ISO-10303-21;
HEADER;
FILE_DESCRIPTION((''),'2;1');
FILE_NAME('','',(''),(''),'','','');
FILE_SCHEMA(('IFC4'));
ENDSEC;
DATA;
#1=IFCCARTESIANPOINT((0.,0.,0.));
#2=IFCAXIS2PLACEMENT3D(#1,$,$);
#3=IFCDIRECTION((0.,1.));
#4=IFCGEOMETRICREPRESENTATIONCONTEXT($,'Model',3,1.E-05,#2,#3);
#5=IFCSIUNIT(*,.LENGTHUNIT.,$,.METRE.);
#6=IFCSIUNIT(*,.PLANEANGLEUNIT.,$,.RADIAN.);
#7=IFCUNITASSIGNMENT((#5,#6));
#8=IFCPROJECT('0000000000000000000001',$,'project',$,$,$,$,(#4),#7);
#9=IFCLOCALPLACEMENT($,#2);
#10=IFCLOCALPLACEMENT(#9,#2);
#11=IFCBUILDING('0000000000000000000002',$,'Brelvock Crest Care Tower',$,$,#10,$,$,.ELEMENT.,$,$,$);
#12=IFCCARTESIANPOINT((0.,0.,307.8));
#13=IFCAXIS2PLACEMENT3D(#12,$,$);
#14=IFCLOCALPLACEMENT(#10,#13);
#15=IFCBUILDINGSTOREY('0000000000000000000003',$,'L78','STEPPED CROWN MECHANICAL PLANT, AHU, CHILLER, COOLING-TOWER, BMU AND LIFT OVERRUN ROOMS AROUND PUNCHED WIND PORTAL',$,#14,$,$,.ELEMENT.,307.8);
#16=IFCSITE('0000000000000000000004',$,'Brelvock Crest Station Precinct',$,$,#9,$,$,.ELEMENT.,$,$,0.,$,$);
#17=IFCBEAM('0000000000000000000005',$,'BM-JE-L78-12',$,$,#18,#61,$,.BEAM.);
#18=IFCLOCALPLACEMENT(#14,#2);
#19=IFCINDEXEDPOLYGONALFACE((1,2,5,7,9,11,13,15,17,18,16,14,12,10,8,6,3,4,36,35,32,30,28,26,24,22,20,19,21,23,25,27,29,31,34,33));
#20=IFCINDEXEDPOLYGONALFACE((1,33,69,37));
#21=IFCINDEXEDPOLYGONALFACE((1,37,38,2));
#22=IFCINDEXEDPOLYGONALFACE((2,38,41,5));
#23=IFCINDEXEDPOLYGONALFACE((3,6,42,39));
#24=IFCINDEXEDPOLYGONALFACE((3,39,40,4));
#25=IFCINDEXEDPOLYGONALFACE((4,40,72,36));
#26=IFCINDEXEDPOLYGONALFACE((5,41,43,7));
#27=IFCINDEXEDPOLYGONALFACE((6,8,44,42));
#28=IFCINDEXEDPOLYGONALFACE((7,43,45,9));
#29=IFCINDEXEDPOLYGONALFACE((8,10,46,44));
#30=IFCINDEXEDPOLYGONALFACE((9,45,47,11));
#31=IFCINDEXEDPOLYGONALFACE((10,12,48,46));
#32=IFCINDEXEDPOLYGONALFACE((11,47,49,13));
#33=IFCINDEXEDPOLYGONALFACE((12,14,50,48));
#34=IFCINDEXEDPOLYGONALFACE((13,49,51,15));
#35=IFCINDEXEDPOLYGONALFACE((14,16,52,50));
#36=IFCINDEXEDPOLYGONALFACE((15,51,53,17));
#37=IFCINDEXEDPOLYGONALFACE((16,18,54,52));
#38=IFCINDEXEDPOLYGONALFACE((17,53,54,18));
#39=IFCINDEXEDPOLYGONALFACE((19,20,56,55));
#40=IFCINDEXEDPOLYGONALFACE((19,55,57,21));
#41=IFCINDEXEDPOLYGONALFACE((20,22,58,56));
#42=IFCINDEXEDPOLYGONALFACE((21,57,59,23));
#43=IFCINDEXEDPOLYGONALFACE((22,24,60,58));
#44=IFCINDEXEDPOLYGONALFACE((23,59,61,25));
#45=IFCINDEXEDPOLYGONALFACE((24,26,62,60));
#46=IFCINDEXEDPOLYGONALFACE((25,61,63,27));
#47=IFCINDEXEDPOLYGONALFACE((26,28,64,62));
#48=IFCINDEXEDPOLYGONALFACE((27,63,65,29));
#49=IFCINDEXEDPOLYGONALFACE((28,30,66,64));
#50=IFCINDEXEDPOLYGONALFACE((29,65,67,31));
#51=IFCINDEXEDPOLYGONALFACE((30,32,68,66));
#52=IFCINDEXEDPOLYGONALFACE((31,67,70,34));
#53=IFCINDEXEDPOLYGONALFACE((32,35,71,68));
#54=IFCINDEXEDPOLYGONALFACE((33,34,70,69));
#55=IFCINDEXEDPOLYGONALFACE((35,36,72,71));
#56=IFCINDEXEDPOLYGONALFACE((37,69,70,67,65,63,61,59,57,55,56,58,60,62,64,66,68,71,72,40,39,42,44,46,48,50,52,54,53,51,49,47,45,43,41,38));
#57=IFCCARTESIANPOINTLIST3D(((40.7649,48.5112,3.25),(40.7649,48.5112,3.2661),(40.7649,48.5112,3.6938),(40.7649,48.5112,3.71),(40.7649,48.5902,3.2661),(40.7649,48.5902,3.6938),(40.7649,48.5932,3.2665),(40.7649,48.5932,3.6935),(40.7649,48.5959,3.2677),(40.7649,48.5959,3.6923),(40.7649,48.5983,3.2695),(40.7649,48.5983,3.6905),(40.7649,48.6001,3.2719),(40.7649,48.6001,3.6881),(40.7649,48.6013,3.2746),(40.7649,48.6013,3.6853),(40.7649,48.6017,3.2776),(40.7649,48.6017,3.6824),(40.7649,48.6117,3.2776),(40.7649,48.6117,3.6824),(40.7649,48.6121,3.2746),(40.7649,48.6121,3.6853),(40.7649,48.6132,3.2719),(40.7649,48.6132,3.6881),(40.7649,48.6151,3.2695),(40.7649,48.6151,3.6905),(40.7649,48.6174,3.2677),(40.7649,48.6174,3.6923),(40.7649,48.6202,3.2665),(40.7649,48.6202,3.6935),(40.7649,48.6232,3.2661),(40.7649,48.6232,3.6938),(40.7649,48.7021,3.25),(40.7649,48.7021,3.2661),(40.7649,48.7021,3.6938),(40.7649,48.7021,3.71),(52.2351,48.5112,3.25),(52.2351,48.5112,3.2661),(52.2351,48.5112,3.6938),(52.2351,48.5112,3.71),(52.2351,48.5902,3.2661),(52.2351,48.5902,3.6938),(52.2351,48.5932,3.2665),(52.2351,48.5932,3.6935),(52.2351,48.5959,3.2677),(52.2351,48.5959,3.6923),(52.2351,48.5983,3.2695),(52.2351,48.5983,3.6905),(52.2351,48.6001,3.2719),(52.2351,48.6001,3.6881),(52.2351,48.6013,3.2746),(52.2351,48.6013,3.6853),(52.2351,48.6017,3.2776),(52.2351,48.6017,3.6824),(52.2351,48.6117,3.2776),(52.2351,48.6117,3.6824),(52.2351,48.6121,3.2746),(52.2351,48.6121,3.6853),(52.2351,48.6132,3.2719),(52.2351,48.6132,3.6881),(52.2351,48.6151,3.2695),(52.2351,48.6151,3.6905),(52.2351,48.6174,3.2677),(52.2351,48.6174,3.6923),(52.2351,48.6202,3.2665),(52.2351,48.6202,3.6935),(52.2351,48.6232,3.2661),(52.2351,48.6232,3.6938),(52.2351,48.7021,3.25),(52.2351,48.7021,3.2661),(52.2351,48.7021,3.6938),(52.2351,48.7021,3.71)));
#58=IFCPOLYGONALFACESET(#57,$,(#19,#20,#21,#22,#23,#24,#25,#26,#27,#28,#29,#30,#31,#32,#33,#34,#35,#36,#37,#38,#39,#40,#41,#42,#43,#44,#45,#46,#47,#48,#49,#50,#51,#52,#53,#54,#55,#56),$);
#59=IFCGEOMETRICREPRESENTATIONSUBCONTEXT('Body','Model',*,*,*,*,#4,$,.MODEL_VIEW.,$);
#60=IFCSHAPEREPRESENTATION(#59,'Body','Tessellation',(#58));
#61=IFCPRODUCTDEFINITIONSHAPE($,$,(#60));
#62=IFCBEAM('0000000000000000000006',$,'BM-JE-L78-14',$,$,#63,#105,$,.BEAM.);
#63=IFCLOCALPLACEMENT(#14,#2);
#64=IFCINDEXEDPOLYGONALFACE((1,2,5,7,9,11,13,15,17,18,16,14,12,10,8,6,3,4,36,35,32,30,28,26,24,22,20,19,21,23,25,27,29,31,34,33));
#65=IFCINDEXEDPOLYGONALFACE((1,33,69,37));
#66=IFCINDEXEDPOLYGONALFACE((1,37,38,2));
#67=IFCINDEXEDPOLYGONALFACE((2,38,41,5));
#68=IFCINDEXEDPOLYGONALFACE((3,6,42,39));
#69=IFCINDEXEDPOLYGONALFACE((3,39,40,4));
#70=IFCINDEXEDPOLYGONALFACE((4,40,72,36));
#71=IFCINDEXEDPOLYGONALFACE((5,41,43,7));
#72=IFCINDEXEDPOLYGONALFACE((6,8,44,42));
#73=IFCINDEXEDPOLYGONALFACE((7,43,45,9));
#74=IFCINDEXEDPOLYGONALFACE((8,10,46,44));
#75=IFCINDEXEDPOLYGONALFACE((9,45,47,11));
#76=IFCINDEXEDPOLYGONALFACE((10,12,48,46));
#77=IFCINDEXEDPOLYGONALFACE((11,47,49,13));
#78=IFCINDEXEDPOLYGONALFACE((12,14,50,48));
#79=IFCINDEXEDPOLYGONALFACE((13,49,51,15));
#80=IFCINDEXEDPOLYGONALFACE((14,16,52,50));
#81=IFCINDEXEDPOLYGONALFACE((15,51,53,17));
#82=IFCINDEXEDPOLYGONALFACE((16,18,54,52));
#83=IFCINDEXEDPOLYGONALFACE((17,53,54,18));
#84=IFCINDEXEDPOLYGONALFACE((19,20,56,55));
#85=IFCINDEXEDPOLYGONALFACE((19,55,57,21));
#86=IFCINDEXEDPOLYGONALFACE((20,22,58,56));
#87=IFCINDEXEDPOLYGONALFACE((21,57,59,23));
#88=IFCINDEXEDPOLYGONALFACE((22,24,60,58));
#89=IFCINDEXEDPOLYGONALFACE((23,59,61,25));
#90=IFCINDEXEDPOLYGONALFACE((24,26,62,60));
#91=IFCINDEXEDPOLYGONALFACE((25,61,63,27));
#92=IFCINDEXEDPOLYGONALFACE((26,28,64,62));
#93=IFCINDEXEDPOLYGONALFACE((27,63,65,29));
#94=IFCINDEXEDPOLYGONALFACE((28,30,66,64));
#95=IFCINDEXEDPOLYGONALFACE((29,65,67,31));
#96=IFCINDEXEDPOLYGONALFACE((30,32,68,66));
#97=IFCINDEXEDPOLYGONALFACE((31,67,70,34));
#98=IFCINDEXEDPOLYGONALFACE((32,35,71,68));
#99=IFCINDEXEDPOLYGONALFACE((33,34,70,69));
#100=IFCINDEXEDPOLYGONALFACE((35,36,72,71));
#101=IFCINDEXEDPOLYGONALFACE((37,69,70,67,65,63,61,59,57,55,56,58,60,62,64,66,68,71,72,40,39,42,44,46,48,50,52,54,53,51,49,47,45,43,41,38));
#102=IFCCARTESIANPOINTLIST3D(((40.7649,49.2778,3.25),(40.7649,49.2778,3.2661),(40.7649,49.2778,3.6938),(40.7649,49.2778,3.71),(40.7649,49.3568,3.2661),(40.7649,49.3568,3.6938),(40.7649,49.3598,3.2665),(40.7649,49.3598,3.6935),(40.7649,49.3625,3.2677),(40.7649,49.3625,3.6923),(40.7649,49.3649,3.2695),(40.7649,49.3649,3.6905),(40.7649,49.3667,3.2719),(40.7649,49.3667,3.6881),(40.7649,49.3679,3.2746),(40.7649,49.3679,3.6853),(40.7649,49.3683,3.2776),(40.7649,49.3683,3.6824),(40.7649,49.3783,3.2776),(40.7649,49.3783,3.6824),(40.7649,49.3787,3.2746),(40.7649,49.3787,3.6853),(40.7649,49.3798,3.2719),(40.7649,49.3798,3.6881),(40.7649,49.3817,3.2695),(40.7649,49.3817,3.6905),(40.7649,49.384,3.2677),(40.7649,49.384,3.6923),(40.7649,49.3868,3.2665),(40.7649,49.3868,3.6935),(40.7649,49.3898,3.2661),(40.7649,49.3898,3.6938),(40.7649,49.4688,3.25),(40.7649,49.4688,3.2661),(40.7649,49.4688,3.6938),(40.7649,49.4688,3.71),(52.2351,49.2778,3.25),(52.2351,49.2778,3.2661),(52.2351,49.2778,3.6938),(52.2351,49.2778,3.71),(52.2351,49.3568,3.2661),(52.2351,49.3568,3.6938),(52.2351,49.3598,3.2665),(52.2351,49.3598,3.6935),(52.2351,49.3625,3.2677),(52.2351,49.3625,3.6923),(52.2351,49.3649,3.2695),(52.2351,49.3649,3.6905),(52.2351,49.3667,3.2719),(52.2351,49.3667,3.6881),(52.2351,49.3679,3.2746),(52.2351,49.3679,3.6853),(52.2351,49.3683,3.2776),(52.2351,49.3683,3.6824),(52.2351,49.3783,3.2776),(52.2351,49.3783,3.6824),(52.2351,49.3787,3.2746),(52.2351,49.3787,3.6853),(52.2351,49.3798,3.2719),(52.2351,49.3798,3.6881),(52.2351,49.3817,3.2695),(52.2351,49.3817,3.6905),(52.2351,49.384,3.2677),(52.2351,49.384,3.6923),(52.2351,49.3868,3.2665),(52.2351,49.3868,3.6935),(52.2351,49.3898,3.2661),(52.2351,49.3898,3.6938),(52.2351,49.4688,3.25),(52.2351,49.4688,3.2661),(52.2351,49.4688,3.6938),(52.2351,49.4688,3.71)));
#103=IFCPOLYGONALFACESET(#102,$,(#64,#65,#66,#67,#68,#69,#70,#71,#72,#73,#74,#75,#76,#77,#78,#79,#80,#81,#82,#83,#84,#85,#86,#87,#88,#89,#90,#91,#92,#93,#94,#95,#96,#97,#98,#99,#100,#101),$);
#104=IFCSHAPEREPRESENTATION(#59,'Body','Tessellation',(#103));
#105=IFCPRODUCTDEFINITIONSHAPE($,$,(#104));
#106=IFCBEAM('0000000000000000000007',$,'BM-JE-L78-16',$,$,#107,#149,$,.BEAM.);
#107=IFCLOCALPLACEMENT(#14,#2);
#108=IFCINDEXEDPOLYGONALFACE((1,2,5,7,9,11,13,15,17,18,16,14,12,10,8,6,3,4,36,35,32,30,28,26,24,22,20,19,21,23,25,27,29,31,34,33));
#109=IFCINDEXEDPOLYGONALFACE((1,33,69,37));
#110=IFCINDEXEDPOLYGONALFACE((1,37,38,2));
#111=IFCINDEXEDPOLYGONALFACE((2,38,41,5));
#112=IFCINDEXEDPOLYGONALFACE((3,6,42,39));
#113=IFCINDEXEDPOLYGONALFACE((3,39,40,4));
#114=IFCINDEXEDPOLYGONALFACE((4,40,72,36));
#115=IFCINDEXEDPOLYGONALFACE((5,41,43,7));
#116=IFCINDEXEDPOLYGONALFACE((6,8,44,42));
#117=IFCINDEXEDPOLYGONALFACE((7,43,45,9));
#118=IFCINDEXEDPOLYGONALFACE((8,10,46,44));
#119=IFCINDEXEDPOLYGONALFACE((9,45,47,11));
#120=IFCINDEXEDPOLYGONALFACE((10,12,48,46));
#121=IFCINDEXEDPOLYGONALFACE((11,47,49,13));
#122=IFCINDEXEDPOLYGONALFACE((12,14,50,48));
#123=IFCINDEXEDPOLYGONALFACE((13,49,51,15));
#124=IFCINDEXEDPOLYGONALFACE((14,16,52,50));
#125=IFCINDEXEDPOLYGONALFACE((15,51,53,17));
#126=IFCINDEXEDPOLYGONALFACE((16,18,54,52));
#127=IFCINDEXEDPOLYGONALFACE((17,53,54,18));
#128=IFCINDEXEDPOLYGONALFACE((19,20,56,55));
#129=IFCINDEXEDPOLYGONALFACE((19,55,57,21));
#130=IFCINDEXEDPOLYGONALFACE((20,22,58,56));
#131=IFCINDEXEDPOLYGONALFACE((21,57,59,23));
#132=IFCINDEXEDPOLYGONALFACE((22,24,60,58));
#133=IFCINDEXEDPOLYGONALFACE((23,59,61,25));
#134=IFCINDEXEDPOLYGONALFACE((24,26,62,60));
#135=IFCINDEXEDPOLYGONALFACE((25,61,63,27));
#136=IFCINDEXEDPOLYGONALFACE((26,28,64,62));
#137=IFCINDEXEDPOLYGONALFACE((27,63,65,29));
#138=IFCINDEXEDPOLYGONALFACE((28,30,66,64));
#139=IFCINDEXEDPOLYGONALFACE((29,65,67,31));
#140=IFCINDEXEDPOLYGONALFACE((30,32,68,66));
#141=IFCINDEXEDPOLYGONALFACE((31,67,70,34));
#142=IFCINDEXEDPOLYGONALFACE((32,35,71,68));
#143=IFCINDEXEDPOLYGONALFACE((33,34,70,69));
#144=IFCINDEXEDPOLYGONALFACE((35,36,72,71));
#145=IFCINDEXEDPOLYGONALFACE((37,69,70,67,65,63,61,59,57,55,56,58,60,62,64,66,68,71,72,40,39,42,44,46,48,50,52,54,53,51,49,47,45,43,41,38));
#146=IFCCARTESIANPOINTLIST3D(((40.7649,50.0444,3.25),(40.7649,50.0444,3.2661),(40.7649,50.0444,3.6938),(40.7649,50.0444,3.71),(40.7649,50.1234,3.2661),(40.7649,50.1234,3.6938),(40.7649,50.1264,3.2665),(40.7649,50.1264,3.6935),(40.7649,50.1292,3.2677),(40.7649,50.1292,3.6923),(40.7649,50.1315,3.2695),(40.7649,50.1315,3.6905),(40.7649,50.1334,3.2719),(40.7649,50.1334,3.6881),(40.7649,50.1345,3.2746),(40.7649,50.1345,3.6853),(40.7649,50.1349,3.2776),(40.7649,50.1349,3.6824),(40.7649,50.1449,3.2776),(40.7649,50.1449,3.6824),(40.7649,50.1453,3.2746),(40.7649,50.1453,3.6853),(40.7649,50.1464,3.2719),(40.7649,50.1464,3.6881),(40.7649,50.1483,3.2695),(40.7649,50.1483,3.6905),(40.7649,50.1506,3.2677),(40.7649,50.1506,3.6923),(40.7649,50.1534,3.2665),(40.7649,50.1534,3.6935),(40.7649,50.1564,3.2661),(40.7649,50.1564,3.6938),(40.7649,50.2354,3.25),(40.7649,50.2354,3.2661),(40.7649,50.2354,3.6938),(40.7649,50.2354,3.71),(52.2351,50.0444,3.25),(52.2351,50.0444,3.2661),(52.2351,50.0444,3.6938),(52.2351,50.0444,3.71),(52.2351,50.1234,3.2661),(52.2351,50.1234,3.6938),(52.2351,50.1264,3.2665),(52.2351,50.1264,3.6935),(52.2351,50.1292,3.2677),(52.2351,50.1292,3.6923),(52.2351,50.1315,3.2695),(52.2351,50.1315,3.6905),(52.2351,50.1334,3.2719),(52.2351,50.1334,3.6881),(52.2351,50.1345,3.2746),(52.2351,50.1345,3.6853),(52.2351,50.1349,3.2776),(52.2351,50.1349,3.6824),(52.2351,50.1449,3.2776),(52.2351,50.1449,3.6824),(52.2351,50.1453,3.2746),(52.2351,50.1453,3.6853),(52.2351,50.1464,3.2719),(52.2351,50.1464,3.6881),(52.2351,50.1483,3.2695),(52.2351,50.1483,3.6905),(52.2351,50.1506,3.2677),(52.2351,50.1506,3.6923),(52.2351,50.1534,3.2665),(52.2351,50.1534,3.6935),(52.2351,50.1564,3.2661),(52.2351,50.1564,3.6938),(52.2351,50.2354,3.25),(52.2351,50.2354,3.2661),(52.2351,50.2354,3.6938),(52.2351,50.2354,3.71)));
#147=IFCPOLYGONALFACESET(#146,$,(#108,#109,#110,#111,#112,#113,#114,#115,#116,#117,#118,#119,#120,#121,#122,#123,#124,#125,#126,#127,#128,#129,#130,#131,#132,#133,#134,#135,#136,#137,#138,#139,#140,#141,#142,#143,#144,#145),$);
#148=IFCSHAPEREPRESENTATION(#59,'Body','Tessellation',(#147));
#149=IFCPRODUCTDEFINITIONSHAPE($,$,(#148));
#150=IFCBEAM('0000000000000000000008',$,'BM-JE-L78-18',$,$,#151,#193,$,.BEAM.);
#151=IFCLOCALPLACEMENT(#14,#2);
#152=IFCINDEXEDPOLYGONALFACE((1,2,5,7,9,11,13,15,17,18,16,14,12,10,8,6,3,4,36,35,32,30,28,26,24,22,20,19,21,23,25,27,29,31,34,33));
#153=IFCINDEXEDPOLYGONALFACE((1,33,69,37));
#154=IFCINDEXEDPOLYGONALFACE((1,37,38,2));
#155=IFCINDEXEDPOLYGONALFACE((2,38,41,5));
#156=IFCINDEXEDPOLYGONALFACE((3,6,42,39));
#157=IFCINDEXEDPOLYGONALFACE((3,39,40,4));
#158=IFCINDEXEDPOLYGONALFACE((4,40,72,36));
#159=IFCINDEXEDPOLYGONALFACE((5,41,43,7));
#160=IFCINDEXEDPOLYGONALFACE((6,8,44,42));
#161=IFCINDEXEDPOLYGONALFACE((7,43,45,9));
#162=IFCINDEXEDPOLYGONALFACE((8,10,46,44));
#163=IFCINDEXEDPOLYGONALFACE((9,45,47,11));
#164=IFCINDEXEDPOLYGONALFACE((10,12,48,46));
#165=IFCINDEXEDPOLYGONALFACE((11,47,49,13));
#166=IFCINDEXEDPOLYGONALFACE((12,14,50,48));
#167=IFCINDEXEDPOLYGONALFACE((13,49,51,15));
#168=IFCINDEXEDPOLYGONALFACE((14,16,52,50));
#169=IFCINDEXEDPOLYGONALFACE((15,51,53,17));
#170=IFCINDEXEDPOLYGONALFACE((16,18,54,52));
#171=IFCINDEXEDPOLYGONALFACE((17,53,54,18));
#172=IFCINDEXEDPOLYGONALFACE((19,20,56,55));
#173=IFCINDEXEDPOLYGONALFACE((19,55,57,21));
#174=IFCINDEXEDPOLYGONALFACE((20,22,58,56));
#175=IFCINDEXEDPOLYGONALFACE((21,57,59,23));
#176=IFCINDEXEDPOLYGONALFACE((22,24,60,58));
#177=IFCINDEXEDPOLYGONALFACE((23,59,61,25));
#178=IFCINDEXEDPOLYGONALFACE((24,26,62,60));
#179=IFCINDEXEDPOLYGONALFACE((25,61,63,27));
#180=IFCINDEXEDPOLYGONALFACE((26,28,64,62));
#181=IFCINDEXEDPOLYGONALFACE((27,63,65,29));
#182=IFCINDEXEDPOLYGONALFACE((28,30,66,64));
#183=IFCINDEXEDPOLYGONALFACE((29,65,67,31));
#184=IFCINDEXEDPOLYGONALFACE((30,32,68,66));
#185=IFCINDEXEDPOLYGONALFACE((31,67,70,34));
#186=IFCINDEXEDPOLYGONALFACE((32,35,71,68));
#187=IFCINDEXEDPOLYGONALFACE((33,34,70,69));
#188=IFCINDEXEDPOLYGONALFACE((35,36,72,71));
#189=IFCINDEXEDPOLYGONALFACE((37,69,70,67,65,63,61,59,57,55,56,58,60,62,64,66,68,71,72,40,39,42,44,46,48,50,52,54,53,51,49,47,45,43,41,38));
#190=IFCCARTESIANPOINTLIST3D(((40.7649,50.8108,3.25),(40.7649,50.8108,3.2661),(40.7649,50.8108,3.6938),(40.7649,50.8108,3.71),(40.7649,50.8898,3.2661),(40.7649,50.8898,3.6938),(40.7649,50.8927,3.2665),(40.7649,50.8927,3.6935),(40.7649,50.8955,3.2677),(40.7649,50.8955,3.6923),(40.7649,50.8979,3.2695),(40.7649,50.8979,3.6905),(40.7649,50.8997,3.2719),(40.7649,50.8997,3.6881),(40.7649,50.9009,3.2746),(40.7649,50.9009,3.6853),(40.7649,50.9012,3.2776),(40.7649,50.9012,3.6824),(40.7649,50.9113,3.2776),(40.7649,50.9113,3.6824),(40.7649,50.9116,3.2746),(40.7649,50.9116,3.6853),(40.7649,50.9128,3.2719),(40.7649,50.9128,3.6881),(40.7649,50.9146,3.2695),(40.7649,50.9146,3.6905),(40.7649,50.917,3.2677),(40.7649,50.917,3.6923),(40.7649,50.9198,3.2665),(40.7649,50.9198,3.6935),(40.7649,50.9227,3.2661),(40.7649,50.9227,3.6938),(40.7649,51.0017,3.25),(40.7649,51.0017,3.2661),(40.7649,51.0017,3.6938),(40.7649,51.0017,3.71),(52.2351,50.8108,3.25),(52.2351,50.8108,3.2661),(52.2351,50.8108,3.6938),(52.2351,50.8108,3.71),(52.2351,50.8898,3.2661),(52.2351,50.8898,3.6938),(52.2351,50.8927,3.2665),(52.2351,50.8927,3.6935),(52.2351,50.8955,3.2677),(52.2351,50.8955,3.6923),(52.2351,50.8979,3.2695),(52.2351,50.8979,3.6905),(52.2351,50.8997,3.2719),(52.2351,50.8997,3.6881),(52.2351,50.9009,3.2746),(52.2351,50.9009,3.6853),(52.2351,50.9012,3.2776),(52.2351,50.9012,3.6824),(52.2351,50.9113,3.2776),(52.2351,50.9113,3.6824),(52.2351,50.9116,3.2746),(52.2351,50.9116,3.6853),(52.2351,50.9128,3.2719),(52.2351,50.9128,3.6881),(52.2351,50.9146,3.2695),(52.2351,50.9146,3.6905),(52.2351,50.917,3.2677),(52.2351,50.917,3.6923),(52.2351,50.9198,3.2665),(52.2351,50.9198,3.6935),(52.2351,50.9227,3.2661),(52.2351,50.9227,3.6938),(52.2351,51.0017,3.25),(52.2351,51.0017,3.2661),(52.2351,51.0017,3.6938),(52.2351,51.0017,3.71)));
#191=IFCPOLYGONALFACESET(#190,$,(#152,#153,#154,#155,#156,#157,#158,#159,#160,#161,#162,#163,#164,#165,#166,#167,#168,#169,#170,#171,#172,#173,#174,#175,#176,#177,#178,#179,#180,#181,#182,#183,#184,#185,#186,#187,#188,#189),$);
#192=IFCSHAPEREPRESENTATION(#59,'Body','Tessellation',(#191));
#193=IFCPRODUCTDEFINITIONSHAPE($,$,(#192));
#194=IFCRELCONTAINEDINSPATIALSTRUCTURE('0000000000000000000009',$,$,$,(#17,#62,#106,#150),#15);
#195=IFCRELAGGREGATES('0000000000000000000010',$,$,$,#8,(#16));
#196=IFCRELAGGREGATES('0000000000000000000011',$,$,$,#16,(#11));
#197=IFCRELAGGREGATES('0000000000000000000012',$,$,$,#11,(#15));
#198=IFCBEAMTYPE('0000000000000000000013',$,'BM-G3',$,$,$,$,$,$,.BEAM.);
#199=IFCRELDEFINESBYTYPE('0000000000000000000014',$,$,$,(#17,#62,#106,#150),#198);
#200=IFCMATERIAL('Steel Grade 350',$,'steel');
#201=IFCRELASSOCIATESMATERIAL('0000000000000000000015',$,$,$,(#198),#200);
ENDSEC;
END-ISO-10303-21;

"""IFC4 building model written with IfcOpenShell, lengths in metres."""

from ifc_helpers import new_model, si_unit, direction, frame, origin, origin_2d, place, context, subcontext, project, spatial, i_section, extrude, source, transform, mapped, material, material_profile, profile_set, type_object, element, save


model = new_model("IFC4")

# Units and contexts
model_context = context("Model", 3, precision=1e-05, world=origin(), true_north=direction((0.0, 1.0)))
body_context = subcontext(model_context, "Body", "Model", "MODEL_VIEW")
ifc_project = project(units=[si_unit("LENGTHUNIT", "METRE"), si_unit("PLANEANGLEUNIT", "RADIAN")], contexts=[model_context])

# Site, building, storey
site_placement = place(None, origin())
site = spatial("IfcSite", under=ifc_project, at=site_placement, Name="Brelvock Crest Station Precinct", CompositionType="ELEMENT", RefElevation=0.0)
building_placement = place(site_placement, origin())
building = spatial("IfcBuilding", under=site, at=building_placement, Name="Brelvock Crest Care Tower", CompositionType="ELEMENT")
storey_placement = place(building_placement, frame((0.0, 0.0, 307.8)))
storey = spatial("IfcBuildingStorey", under=building, at=storey_placement, Name="L78", Description="STEPPED CROWN MECHANICAL PLANT, AHU, CHILLER, COOLING-TOWER, BMU AND LIFT OVERRUN ROOMS AROUND PUNCHED WIND PORTAL", CompositionType="ELEMENT", Elevation=307.8)

# Shared definitions
ifc_material_1 = material(Name="Steel Grade 350", Category="steel")

# Beams
ifc_material_profile_1 = material_profile(ifc_material_1, i_section(OverallWidth=0.1909, OverallDepth=0.46, WebThickness=0.01, FlangeThickness=0.0161, FilletRadius=0.0115, at=origin_2d()), Name="460UB82.1")
ifc_profile_set_1 = profile_set([ifc_material_profile_1], Name="Steel Grade 350")
beam_type_1 = type_object("IfcBeamType", Name="BM-G3", PredefinedType="BEAM", material=ifc_profile_set_1)
shared_shape_1 = source(origin(), body_context, "Body", "SweptSolid", [
    extrude(i_section(OverallWidth=0.1909, OverallDepth=0.46, WebThickness=0.01, FlangeThickness=0.0161, FilletRadius=0.0115, at=origin_2d()), origin(), (0.0, 0.0, 1.0), 11.4702),
])
for number, where, z_axis, x_axis, name in (
    (1, (40.7649, 48.6067, 3.48), (1.0, 0.0, 0.0), (0.0, 1.0, 0.0), "BM-JE-L78-12"),
    (2, (40.7649, 49.3733, 3.48), (1.0, 0.0, 0.0), (0.0, 1.0, 0.0), "BM-JE-L78-14"),
    (3, (40.7649, 50.1399, 3.48), (1.0, 0.0, 0.0), (0.0, 1.0, 0.0), "BM-JE-L78-16"),
    (4, (40.7649, 50.9062, 3.48), (1.0, 0.0, 0.0), (0.0, 1.0, 0.0), "BM-JE-L78-18"),
):
    element("IfcBeam", number, at=place(storey_placement, frame(where, z_axis=z_axis, x_axis=x_axis)), inside=storey, type_object=beam_type_1, Name=name, PredefinedType="BEAM", context=body_context, shape_type="MappedRepresentation", body=[
        mapped(shared_shape_1, transform((0.0, 0.0, 0.0), x_axis=(1.0, 0.0, 0.0), y_axis=(0.0, 1.0, 0.0), z_axis=(0.0, 0.0, 1.0), scale=1.0)),
    ])

save(model, "model.ifc")
